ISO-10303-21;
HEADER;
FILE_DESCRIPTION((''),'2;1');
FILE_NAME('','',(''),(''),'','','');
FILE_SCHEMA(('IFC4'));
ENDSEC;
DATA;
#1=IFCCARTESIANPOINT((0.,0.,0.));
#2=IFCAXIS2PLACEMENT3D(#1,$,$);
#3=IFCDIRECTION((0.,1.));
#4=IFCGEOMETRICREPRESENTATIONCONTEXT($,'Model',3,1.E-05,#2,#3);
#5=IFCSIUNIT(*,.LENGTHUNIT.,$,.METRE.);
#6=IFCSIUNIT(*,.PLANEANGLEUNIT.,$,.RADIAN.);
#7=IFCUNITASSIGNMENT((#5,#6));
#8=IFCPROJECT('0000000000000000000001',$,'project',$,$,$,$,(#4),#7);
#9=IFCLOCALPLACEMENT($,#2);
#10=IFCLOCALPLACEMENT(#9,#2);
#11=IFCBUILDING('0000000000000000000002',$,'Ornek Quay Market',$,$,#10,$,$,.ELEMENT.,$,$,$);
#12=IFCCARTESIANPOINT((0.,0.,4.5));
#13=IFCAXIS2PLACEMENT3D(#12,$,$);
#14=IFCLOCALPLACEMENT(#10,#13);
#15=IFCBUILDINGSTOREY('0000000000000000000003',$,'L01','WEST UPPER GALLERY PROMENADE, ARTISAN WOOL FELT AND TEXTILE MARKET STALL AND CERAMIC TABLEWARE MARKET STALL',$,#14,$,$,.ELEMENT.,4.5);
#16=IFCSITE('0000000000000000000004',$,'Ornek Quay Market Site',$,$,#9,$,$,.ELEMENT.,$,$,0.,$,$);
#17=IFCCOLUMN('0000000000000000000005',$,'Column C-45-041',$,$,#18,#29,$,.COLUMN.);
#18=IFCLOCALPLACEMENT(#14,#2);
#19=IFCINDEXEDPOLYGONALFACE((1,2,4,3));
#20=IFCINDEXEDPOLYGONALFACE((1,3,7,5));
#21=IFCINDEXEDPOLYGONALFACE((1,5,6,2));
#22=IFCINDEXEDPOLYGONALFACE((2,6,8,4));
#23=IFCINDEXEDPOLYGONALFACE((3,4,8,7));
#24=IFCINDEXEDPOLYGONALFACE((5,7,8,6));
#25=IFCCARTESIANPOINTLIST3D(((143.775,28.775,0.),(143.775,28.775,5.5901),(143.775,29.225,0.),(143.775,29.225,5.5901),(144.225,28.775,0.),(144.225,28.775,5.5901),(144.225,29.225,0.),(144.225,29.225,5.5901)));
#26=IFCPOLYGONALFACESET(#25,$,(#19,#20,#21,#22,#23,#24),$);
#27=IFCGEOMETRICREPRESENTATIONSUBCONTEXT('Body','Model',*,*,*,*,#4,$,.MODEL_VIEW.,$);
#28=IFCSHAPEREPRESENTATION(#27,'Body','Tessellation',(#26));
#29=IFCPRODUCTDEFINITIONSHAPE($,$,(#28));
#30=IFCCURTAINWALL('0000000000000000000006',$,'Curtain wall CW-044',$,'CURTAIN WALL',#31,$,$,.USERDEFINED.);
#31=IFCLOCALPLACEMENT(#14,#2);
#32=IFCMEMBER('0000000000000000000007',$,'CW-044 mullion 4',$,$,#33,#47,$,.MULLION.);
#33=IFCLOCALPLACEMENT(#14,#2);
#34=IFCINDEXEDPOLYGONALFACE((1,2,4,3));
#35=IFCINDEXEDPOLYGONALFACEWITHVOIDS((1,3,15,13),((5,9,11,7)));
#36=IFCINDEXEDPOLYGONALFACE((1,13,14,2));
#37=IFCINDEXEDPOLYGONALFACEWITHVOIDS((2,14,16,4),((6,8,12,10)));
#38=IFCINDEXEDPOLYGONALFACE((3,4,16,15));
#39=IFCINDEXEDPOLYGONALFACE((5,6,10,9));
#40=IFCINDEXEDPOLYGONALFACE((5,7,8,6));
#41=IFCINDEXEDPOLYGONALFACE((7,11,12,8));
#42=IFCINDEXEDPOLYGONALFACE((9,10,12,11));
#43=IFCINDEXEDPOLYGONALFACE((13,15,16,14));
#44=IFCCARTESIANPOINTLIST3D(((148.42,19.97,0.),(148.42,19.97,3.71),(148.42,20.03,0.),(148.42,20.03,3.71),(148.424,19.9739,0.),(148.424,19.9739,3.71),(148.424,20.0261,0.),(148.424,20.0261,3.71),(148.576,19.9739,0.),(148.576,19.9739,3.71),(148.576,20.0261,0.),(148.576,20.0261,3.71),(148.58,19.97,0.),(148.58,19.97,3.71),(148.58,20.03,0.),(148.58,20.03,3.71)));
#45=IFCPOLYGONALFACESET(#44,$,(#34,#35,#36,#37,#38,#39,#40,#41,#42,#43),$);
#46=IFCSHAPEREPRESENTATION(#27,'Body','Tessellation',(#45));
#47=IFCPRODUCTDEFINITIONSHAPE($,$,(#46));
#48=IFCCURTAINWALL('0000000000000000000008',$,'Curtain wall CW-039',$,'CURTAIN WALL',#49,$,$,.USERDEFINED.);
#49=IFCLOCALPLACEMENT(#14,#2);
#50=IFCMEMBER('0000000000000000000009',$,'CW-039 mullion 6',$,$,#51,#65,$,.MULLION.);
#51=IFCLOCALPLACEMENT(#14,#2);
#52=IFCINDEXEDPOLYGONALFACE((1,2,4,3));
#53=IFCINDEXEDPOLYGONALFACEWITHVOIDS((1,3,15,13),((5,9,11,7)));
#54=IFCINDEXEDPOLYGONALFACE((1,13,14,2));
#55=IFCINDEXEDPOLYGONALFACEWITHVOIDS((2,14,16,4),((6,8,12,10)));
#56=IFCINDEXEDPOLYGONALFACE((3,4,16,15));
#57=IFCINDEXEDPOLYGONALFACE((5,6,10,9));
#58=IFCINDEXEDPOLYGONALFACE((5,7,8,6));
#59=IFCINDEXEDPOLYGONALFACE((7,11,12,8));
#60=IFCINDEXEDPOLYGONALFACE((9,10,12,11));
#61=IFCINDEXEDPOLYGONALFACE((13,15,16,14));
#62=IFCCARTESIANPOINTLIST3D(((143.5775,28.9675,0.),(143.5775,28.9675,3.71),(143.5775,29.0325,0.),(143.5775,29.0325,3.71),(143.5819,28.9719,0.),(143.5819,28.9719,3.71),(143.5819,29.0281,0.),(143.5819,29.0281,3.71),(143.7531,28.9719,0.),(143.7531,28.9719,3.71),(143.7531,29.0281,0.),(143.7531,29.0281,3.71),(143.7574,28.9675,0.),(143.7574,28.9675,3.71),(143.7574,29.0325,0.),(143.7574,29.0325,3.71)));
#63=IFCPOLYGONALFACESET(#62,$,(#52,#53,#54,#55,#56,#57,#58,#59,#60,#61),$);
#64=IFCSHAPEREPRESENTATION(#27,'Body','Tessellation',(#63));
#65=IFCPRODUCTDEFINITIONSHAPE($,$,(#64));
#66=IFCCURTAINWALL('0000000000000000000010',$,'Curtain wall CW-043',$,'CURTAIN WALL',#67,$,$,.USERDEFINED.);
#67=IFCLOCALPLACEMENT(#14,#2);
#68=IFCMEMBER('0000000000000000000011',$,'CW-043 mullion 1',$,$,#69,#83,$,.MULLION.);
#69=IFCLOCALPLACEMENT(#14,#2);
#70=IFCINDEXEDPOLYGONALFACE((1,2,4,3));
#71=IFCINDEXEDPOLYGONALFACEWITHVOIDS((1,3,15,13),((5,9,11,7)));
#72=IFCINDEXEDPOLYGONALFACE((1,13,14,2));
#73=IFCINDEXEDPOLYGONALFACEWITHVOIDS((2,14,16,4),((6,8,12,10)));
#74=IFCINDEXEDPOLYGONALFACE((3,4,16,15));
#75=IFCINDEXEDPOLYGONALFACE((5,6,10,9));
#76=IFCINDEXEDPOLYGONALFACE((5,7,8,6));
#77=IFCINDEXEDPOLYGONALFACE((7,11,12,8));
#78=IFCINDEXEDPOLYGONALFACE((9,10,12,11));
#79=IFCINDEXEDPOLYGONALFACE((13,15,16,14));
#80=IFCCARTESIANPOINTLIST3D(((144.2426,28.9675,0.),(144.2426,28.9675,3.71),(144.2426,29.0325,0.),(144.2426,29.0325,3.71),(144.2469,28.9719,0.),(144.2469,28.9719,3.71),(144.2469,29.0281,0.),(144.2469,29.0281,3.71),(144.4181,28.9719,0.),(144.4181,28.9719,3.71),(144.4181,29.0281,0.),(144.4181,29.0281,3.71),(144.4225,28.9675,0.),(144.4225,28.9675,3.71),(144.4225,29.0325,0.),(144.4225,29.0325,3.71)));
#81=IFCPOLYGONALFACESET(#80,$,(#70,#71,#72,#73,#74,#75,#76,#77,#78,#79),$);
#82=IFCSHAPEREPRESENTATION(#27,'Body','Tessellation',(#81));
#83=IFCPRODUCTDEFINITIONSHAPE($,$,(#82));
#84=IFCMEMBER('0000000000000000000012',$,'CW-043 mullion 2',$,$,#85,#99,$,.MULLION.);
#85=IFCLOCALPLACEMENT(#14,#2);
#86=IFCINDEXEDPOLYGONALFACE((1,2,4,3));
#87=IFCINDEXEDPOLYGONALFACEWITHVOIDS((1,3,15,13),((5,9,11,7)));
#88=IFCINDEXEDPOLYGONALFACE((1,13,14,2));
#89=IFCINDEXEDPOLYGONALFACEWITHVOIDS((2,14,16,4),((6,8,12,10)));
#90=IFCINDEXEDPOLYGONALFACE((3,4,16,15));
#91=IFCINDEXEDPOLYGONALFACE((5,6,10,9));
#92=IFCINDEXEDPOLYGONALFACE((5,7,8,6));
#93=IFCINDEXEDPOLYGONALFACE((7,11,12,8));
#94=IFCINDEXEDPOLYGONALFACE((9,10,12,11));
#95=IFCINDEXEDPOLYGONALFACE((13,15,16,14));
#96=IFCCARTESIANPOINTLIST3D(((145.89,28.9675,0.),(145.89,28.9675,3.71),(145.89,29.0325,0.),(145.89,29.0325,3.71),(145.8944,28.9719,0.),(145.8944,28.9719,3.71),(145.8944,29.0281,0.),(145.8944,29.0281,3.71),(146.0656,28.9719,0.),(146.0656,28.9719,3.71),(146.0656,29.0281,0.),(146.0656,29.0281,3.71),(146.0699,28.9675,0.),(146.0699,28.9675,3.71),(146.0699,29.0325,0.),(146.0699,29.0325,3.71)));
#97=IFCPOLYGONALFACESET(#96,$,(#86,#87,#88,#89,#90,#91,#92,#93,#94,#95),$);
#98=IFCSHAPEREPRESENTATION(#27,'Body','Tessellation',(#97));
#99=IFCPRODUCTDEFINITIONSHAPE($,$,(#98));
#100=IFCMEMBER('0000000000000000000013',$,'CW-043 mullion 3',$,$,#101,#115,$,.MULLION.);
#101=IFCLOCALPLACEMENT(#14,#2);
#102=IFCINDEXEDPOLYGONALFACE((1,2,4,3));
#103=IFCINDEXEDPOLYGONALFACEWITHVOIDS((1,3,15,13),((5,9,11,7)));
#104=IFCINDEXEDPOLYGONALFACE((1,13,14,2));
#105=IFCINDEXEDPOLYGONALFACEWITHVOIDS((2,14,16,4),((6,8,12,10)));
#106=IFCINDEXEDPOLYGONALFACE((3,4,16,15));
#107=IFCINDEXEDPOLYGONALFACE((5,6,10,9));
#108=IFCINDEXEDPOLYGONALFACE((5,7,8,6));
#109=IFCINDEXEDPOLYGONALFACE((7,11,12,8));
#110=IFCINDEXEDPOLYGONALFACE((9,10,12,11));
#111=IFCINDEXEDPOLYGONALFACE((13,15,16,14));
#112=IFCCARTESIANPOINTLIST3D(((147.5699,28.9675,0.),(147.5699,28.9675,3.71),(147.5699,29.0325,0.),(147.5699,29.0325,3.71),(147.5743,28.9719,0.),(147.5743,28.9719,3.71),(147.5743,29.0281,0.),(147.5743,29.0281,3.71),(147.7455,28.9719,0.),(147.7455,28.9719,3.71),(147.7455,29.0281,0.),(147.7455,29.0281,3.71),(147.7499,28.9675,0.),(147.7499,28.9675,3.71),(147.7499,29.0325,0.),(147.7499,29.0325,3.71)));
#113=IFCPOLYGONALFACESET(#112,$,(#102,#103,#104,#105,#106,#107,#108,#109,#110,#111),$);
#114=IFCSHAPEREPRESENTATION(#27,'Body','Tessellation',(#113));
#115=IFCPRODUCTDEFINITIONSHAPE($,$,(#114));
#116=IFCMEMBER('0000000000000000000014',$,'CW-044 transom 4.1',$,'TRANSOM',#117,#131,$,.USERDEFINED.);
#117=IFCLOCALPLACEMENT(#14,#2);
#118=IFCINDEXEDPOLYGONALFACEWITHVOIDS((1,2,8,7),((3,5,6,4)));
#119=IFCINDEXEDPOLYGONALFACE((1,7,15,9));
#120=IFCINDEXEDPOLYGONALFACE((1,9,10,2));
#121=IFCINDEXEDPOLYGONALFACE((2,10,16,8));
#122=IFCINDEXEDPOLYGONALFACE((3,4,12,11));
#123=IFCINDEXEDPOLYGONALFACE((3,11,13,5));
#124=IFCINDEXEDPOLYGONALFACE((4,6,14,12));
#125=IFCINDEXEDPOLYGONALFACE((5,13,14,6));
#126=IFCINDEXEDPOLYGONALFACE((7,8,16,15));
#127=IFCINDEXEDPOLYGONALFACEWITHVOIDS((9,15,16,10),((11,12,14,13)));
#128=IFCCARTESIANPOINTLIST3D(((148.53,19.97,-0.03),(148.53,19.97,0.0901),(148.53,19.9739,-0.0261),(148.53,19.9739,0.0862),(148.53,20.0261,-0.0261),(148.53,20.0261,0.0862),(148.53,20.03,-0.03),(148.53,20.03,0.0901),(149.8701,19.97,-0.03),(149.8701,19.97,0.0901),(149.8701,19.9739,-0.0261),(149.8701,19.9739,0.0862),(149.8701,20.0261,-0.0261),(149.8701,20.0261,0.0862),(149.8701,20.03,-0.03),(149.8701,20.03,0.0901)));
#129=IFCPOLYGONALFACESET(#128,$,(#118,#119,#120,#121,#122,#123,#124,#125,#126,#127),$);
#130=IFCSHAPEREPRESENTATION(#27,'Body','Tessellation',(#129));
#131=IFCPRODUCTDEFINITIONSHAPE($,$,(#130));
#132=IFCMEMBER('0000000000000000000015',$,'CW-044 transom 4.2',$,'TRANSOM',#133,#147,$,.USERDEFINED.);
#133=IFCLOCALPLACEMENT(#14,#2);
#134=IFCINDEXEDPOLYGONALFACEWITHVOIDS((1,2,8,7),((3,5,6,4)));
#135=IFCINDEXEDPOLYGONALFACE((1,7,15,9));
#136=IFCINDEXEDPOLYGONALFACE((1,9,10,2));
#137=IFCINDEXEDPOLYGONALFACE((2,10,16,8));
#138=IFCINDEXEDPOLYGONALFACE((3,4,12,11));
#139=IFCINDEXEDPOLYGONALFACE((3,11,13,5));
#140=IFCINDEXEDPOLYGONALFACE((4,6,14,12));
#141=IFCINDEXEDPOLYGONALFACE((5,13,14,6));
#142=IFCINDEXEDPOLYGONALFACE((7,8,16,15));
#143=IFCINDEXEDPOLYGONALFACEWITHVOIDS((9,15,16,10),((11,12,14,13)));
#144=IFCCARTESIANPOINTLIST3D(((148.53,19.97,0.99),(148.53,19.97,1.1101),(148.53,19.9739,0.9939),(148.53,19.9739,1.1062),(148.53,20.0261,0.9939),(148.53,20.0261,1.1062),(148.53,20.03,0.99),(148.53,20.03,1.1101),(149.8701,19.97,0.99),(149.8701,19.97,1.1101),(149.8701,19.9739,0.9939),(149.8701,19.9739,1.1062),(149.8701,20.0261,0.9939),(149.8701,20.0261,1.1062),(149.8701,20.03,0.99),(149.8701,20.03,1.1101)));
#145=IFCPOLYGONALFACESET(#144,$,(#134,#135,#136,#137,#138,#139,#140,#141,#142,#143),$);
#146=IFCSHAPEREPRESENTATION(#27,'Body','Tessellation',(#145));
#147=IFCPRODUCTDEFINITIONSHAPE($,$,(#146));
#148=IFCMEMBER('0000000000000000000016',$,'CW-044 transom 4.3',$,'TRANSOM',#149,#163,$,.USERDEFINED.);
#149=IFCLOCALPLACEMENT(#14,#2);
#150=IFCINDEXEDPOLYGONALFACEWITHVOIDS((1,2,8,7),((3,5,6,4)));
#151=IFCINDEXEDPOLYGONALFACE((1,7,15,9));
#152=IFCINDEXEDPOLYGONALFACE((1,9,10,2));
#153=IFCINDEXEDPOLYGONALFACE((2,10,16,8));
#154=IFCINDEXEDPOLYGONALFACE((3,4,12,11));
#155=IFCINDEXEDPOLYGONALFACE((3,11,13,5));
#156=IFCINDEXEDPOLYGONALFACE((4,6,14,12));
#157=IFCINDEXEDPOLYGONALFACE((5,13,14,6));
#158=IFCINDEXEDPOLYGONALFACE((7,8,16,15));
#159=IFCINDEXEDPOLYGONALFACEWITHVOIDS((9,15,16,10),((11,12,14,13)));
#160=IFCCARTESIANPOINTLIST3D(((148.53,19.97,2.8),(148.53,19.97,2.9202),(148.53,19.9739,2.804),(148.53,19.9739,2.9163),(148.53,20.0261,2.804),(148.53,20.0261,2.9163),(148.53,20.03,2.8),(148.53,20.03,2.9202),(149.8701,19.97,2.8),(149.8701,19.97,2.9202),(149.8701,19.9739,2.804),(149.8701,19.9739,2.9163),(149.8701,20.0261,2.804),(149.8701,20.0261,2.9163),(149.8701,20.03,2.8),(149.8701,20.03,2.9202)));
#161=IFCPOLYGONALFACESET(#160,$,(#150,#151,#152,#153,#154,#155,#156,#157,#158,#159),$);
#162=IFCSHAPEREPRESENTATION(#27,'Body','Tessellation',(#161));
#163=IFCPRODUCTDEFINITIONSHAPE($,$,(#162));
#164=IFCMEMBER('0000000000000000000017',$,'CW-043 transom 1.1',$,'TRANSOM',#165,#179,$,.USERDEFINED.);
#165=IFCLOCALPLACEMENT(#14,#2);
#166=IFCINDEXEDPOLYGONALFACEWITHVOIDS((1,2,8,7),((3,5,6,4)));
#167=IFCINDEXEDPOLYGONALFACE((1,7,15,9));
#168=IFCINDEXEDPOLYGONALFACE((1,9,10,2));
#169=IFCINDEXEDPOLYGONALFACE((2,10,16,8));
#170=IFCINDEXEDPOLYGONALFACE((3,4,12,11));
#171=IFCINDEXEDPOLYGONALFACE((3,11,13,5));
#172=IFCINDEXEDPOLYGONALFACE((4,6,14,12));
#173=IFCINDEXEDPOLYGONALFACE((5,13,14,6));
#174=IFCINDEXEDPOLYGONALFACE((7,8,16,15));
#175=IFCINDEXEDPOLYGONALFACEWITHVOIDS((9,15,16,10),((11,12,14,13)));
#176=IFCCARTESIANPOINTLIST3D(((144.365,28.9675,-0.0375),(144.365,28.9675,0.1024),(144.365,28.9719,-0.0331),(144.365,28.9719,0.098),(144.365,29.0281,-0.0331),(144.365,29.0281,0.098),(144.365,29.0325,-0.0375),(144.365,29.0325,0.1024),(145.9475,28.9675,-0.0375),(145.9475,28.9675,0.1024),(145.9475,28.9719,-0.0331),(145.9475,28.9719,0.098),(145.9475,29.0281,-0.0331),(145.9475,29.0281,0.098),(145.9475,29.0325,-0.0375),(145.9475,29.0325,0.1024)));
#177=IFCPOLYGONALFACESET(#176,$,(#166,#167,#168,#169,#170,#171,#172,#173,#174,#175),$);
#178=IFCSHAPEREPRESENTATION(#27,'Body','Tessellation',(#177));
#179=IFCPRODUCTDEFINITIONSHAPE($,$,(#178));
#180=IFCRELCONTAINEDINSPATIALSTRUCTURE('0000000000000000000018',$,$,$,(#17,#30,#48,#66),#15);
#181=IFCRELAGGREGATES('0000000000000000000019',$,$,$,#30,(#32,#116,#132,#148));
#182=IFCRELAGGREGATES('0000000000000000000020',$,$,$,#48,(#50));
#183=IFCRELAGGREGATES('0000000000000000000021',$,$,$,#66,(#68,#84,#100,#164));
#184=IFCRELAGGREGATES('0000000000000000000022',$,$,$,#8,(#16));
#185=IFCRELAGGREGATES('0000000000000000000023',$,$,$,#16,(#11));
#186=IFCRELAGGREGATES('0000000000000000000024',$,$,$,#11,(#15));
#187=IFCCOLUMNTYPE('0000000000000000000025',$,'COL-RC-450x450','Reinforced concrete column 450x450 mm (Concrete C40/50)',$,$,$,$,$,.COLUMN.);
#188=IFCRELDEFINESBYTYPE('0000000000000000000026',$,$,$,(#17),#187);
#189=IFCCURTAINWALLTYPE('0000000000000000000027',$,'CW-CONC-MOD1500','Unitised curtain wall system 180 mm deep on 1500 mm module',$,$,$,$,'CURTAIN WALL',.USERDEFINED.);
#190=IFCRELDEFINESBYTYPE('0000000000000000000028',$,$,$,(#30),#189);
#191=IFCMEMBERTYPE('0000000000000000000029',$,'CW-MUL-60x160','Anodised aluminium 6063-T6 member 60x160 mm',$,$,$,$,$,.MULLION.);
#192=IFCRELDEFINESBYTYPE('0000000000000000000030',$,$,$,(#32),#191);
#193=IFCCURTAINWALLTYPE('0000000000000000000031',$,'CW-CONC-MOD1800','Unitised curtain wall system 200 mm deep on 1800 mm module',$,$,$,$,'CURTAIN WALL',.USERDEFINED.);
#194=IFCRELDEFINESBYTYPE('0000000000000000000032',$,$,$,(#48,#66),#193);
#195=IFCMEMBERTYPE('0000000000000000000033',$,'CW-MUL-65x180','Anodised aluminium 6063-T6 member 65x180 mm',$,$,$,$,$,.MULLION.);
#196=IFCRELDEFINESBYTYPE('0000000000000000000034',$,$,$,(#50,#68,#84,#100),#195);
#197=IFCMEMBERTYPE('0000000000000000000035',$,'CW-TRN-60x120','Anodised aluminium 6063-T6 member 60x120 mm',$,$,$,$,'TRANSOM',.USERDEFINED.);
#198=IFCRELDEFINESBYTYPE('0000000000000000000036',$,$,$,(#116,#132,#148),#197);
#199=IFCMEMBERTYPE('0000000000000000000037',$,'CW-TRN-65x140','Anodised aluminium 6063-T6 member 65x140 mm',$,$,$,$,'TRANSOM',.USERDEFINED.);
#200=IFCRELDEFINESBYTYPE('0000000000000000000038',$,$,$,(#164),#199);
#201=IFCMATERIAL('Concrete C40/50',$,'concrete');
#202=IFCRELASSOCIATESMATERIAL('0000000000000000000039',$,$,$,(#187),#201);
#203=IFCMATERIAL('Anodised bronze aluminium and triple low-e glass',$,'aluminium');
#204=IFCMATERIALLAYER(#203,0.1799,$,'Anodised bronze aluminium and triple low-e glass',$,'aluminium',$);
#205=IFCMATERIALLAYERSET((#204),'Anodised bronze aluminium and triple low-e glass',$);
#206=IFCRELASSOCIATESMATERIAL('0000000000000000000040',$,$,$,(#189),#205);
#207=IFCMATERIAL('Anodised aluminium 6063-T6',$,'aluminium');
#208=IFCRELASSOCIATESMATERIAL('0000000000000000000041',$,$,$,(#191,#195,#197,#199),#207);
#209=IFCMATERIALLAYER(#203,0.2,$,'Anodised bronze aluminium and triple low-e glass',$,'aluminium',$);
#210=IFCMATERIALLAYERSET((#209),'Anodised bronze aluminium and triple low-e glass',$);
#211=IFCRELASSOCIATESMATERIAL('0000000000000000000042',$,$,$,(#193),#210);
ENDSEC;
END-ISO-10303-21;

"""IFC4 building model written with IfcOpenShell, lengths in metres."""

from ifc_helpers import new_model, si_unit, direction, frame, origin, origin_2d, place, context, subcontext, project, spatial, rectangle, hollow_rectangle, extrude, material, layer, layer_set, material_profile, profile_set, type_object, element, aggregate, save


model = new_model("IFC4")

# Units and contexts
model_context = context("Model", 3, precision=1e-05, world=origin(), true_north=direction((0.0, 1.0)))
body_context = subcontext(model_context, "Body", "Model", "MODEL_VIEW")
ifc_project = project(units=[si_unit("LENGTHUNIT", "METRE"), si_unit("PLANEANGLEUNIT", "RADIAN")], contexts=[model_context])

# Site, building, storey
site_placement = place(None, origin())
site = spatial("IfcSite", under=ifc_project, at=site_placement, Name="Ornek Quay Market Site", CompositionType="ELEMENT", RefElevation=0.0)
building_placement = place(site_placement, origin())
building = spatial("IfcBuilding", under=site, at=building_placement, Name="Ornek Quay Market", CompositionType="ELEMENT")
storey_placement = place(building_placement, frame((0.0, 0.0, 4.5)))
storey = spatial("IfcBuildingStorey", under=building, at=storey_placement, Name="L01", Description="WEST UPPER GALLERY PROMENADE, ARTISAN WOOL FELT AND TEXTILE MARKET STALL AND CERAMIC TABLEWARE MARKET STALL", CompositionType="ELEMENT", Elevation=4.5)

# Column
ifc_material_1 = material(Name="Concrete C40/50", Category="concrete")
ifc_material_profile_1 = material_profile(ifc_material_1, rectangle(XDim=0.45, YDim=0.45, at=origin_2d()), Name="RC 450x450", Category="concrete")
ifc_profile_set_1 = profile_set([ifc_material_profile_1], Name="Concrete C40/50")
column_type = type_object("IfcColumnType", Name="COL-RC-450x450", Description="Reinforced concrete column 450x450 mm (Concrete C40/50)", PredefinedType="COLUMN", material=ifc_profile_set_1)
column_placement = place(storey_placement, frame((144.0, 29.0, 0.0), z_axis=(0.0, 0.0, 1.0), x_axis=(1.0, 0.0, 0.0)))
element("IfcColumn", 1, at=column_placement, inside=storey, type_object=column_type, Name="Column C-45-041", PredefinedType="COLUMN", context=body_context, shape_type="SweptSolid", body=[
    extrude(rectangle(XDim=0.45, YDim=0.45, at=origin_2d()), origin(), (0.0, 0.0, 1.0), 5.5901),
])

# Curtain walls, members
ifc_material_2 = material(Name="Anodised bronze aluminium and triple low-e glass", Category="aluminium")
ifc_layer_1 = layer(ifc_material_2, 0.1799, Name="Anodised bronze aluminium and triple low-e glass", Category="aluminium")
ifc_layer_set_1 = layer_set([ifc_layer_1], Name="Anodised bronze aluminium and triple low-e glass")
curtain_wall_type_1 = type_object("IfcCurtainWallType", Name="CW-CONC-MOD1500", Description="Unitised curtain wall system 180 mm deep on 1500 mm module", ElementType="CURTAIN WALL", PredefinedType="USERDEFINED", material=ifc_layer_set_1)
curtain_wall_1_placement = place(storey_placement, origin())
curtain_wall_1 = element("IfcCurtainWall", 2, at=curtain_wall_1_placement, inside=storey, type_object=curtain_wall_type_1, Name="Curtain wall CW-044", ObjectType="CURTAIN WALL", PredefinedType="USERDEFINED")
ifc_material_3 = material(Name="Anodised aluminium 6063-T6", Category="aluminium")
ifc_material_profile_2 = material_profile(ifc_material_3, hollow_rectangle(XDim=0.0601, YDim=0.1599, WallThickness=0.0039, at=origin_2d()), Name="CW-MUL-60x160", Category="aluminium")
ifc_profile_set_2 = profile_set([ifc_material_profile_2], Name="Anodised aluminium 6063-T6")
member_type_1 = type_object("IfcMemberType", Name="CW-MUL-60x160", Description="Anodised aluminium 6063-T6 member 60x160 mm", PredefinedType="MULLION", material=ifc_profile_set_2)
member_1_placement = place(storey_placement, frame((148.5, 20.0, 0.0), z_axis=(0.0, 0.0, 1.0), x_axis=(0.0, 1.0, 0.0)))
member_1 = element("IfcMember", 3, at=member_1_placement, type_object=member_type_1, Name="CW-044 mullion 4", PredefinedType="MULLION", context=body_context, shape_type="SweptSolid", body=[
    extrude(hollow_rectangle(XDim=0.0601, YDim=0.1599, WallThickness=0.0039, at=origin_2d()), origin(), (0.0, 0.0, 1.0), 3.71),
])
ifc_layer_2 = layer(ifc_material_2, 0.2, Name="Anodised bronze aluminium and triple low-e glass", Category="aluminium")
ifc_layer_set_2 = layer_set([ifc_layer_2], Name="Anodised bronze aluminium and triple low-e glass")
curtain_wall_type_2 = type_object("IfcCurtainWallType", Name="CW-CONC-MOD1800", Description="Unitised curtain wall system 200 mm deep on 1800 mm module", ElementType="CURTAIN WALL", PredefinedType="USERDEFINED", material=ifc_layer_set_2)
curtain_wall_2_placement = place(storey_placement, origin())
curtain_wall_2 = element("IfcCurtainWall", 4, at=curtain_wall_2_placement, inside=storey, type_object=curtain_wall_type_2, Name="Curtain wall CW-039", ObjectType="CURTAIN WALL", PredefinedType="USERDEFINED")
ifc_material_profile_3 = material_profile(ifc_material_3, hollow_rectangle(XDim=0.0649, YDim=0.1799, WallThickness=0.0044, at=origin_2d()), Name="CW-MUL-65x180", Category="aluminium")
ifc_profile_set_3 = profile_set([ifc_material_profile_3], Name="Anodised aluminium 6063-T6")
member_type_2 = type_object("IfcMemberType", Name="CW-MUL-65x180", Description="Anodised aluminium 6063-T6 member 65x180 mm", PredefinedType="MULLION", material=ifc_profile_set_3)
member_2_placement = place(storey_placement, frame((143.6675, 29.0, 0.0), z_axis=(0.0, 0.0, 1.0), x_axis=(0.0, 1.0, 0.0)))
member_2 = element("IfcMember", 5, at=member_2_placement, type_object=member_type_2, Name="CW-039 mullion 6", PredefinedType="MULLION", context=body_context, shape_type="SweptSolid", body=[
    extrude(hollow_rectangle(XDim=0.0649, YDim=0.1799, WallThickness=0.0044, at=origin_2d()), origin(), (0.0, 0.0, 1.0), 3.71),
])

# Curtain wall, members
curtain_wall_3_placement = place(storey_placement, origin())
curtain_wall_3 = element("IfcCurtainWall", 6, at=curtain_wall_3_placement, inside=storey, type_object=curtain_wall_type_2, Name="Curtain wall CW-043", ObjectType="CURTAIN WALL", PredefinedType="USERDEFINED")
member_3_placement = place(storey_placement, frame((144.3325, 29.0, 0.0), z_axis=(0.0, 0.0, 1.0), x_axis=(0.0, 1.0, 0.0)))
member_3 = element("IfcMember", 7, at=member_3_placement, type_object=member_type_2, Name="CW-043 mullion 1", PredefinedType="MULLION", context=body_context, shape_type="SweptSolid", body=[
    extrude(hollow_rectangle(XDim=0.0649, YDim=0.1799, WallThickness=0.0044, at=origin_2d()), origin(), (0.0, 0.0, 1.0), 3.71),
])
member_4_placement = place(storey_placement, frame((145.98, 29.0, 0.0), z_axis=(0.0, 0.0, 1.0), x_axis=(0.0, 1.0, 0.0)))
member_4 = element("IfcMember", 8, at=member_4_placement, type_object=member_type_2, Name="CW-043 mullion 2", PredefinedType="MULLION", context=body_context, shape_type="SweptSolid", body=[
    extrude(hollow_rectangle(XDim=0.0649, YDim=0.1799, WallThickness=0.0044, at=origin_2d()), origin(), (0.0, 0.0, 1.0), 3.71),
])
member_5_placement = place(storey_placement, frame((147.6599, 29.0, 0.0), z_axis=(0.0, 0.0, 1.0), x_axis=(0.0, 1.0, 0.0)))
member_5 = element("IfcMember", 9, at=member_5_placement, type_object=member_type_2, Name="CW-043 mullion 3", PredefinedType="MULLION", context=body_context, shape_type="SweptSolid", body=[
    extrude(hollow_rectangle(XDim=0.0649, YDim=0.1799, WallThickness=0.0044, at=origin_2d()), origin(), (0.0, 0.0, 1.0), 3.71),
])

# Members
ifc_material_profile_4 = material_profile(ifc_material_3, hollow_rectangle(XDim=0.0601, YDim=0.1201, WallThickness=0.0039, at=origin_2d()), Name="CW-TRN-60x120", Category="aluminium")
ifc_profile_set_4 = profile_set([ifc_material_profile_4], Name="Anodised aluminium 6063-T6")
member_type_3 = type_object("IfcMemberType", Name="CW-TRN-60x120", Description="Anodised aluminium 6063-T6 member 60x120 mm", ElementType="TRANSOM", PredefinedType="USERDEFINED", material=ifc_profile_set_4)
member_6_placement = place(storey_placement, frame((148.53, 20.0, 0.03), z_axis=(1.0, 0.0, 0.0), x_axis=(0.0, 1.0, 0.0)))
member_6 = element("IfcMember", 10, at=member_6_placement, type_object=member_type_3, Name="CW-044 transom 4.1", ObjectType="TRANSOM", PredefinedType="USERDEFINED", context=body_context, shape_type="SweptSolid", body=[
    extrude(hollow_rectangle(XDim=0.0601, YDim=0.1201, WallThickness=0.0039, at=origin_2d()), origin(), (0.0, 0.0, 1.0), 1.3401),
])
member_7_placement = place(storey_placement, frame((148.53, 20.0, 1.05), z_axis=(1.0, 0.0, 0.0), x_axis=(0.0, 1.0, 0.0)))
member_7 = element("IfcMember", 11, at=member_7_placement, type_object=member_type_3, Name="CW-044 transom 4.2", ObjectType="TRANSOM", PredefinedType="USERDEFINED", context=body_context, shape_type="SweptSolid", body=[
    extrude(hollow_rectangle(XDim=0.0601, YDim=0.1201, WallThickness=0.0039, at=origin_2d()), origin(), (0.0, 0.0, 1.0), 1.3401),
])
member_8_placement = place(storey_placement, frame((148.53, 20.0, 2.8601), z_axis=(1.0, 0.0, 0.0), x_axis=(0.0, 1.0, 0.0)))
member_8 = element("IfcMember", 12, at=member_8_placement, type_object=member_type_3, Name="CW-044 transom 4.3", ObjectType="TRANSOM", PredefinedType="USERDEFINED", context=body_context, shape_type="SweptSolid", body=[
    extrude(hollow_rectangle(XDim=0.0601, YDim=0.1201, WallThickness=0.0039, at=origin_2d()), origin(), (0.0, 0.0, 1.0), 1.3401),
])
aggregate(curtain_wall_1, [member_1, member_6, member_7, member_8])
ifc_material_profile_5 = material_profile(ifc_material_3, hollow_rectangle(XDim=0.0649, YDim=0.1399, WallThickness=0.0044, at=origin_2d()), Name="CW-TRN-65x140", Category="aluminium")
ifc_profile_set_5 = profile_set([ifc_material_profile_5], Name="Anodised aluminium 6063-T6")
member_type_4 = type_object("IfcMemberType", Name="CW-TRN-65x140", Description="Anodised aluminium 6063-T6 member 65x140 mm", ElementType="TRANSOM", PredefinedType="USERDEFINED", material=ifc_profile_set_5)
member_9_placement = place(storey_placement, frame((144.365, 29.0, 0.0325), z_axis=(1.0, 0.0, 0.0), x_axis=(0.0, 1.0, 0.0)))
member_9 = element("IfcMember", 13, at=member_9_placement, type_object=member_type_4, Name="CW-043 transom 1.1", ObjectType="TRANSOM", PredefinedType="USERDEFINED", context=body_context, shape_type="SweptSolid", body=[
    extrude(hollow_rectangle(XDim=0.0649, YDim=0.1399, WallThickness=0.0044, at=origin_2d()), origin(), (0.0, 0.0, 1.0), 1.5825),
])

aggregate(curtain_wall_2, [member_2])
aggregate(curtain_wall_3, [member_3, member_4, member_5, member_9])

save(model, "model.ifc")
